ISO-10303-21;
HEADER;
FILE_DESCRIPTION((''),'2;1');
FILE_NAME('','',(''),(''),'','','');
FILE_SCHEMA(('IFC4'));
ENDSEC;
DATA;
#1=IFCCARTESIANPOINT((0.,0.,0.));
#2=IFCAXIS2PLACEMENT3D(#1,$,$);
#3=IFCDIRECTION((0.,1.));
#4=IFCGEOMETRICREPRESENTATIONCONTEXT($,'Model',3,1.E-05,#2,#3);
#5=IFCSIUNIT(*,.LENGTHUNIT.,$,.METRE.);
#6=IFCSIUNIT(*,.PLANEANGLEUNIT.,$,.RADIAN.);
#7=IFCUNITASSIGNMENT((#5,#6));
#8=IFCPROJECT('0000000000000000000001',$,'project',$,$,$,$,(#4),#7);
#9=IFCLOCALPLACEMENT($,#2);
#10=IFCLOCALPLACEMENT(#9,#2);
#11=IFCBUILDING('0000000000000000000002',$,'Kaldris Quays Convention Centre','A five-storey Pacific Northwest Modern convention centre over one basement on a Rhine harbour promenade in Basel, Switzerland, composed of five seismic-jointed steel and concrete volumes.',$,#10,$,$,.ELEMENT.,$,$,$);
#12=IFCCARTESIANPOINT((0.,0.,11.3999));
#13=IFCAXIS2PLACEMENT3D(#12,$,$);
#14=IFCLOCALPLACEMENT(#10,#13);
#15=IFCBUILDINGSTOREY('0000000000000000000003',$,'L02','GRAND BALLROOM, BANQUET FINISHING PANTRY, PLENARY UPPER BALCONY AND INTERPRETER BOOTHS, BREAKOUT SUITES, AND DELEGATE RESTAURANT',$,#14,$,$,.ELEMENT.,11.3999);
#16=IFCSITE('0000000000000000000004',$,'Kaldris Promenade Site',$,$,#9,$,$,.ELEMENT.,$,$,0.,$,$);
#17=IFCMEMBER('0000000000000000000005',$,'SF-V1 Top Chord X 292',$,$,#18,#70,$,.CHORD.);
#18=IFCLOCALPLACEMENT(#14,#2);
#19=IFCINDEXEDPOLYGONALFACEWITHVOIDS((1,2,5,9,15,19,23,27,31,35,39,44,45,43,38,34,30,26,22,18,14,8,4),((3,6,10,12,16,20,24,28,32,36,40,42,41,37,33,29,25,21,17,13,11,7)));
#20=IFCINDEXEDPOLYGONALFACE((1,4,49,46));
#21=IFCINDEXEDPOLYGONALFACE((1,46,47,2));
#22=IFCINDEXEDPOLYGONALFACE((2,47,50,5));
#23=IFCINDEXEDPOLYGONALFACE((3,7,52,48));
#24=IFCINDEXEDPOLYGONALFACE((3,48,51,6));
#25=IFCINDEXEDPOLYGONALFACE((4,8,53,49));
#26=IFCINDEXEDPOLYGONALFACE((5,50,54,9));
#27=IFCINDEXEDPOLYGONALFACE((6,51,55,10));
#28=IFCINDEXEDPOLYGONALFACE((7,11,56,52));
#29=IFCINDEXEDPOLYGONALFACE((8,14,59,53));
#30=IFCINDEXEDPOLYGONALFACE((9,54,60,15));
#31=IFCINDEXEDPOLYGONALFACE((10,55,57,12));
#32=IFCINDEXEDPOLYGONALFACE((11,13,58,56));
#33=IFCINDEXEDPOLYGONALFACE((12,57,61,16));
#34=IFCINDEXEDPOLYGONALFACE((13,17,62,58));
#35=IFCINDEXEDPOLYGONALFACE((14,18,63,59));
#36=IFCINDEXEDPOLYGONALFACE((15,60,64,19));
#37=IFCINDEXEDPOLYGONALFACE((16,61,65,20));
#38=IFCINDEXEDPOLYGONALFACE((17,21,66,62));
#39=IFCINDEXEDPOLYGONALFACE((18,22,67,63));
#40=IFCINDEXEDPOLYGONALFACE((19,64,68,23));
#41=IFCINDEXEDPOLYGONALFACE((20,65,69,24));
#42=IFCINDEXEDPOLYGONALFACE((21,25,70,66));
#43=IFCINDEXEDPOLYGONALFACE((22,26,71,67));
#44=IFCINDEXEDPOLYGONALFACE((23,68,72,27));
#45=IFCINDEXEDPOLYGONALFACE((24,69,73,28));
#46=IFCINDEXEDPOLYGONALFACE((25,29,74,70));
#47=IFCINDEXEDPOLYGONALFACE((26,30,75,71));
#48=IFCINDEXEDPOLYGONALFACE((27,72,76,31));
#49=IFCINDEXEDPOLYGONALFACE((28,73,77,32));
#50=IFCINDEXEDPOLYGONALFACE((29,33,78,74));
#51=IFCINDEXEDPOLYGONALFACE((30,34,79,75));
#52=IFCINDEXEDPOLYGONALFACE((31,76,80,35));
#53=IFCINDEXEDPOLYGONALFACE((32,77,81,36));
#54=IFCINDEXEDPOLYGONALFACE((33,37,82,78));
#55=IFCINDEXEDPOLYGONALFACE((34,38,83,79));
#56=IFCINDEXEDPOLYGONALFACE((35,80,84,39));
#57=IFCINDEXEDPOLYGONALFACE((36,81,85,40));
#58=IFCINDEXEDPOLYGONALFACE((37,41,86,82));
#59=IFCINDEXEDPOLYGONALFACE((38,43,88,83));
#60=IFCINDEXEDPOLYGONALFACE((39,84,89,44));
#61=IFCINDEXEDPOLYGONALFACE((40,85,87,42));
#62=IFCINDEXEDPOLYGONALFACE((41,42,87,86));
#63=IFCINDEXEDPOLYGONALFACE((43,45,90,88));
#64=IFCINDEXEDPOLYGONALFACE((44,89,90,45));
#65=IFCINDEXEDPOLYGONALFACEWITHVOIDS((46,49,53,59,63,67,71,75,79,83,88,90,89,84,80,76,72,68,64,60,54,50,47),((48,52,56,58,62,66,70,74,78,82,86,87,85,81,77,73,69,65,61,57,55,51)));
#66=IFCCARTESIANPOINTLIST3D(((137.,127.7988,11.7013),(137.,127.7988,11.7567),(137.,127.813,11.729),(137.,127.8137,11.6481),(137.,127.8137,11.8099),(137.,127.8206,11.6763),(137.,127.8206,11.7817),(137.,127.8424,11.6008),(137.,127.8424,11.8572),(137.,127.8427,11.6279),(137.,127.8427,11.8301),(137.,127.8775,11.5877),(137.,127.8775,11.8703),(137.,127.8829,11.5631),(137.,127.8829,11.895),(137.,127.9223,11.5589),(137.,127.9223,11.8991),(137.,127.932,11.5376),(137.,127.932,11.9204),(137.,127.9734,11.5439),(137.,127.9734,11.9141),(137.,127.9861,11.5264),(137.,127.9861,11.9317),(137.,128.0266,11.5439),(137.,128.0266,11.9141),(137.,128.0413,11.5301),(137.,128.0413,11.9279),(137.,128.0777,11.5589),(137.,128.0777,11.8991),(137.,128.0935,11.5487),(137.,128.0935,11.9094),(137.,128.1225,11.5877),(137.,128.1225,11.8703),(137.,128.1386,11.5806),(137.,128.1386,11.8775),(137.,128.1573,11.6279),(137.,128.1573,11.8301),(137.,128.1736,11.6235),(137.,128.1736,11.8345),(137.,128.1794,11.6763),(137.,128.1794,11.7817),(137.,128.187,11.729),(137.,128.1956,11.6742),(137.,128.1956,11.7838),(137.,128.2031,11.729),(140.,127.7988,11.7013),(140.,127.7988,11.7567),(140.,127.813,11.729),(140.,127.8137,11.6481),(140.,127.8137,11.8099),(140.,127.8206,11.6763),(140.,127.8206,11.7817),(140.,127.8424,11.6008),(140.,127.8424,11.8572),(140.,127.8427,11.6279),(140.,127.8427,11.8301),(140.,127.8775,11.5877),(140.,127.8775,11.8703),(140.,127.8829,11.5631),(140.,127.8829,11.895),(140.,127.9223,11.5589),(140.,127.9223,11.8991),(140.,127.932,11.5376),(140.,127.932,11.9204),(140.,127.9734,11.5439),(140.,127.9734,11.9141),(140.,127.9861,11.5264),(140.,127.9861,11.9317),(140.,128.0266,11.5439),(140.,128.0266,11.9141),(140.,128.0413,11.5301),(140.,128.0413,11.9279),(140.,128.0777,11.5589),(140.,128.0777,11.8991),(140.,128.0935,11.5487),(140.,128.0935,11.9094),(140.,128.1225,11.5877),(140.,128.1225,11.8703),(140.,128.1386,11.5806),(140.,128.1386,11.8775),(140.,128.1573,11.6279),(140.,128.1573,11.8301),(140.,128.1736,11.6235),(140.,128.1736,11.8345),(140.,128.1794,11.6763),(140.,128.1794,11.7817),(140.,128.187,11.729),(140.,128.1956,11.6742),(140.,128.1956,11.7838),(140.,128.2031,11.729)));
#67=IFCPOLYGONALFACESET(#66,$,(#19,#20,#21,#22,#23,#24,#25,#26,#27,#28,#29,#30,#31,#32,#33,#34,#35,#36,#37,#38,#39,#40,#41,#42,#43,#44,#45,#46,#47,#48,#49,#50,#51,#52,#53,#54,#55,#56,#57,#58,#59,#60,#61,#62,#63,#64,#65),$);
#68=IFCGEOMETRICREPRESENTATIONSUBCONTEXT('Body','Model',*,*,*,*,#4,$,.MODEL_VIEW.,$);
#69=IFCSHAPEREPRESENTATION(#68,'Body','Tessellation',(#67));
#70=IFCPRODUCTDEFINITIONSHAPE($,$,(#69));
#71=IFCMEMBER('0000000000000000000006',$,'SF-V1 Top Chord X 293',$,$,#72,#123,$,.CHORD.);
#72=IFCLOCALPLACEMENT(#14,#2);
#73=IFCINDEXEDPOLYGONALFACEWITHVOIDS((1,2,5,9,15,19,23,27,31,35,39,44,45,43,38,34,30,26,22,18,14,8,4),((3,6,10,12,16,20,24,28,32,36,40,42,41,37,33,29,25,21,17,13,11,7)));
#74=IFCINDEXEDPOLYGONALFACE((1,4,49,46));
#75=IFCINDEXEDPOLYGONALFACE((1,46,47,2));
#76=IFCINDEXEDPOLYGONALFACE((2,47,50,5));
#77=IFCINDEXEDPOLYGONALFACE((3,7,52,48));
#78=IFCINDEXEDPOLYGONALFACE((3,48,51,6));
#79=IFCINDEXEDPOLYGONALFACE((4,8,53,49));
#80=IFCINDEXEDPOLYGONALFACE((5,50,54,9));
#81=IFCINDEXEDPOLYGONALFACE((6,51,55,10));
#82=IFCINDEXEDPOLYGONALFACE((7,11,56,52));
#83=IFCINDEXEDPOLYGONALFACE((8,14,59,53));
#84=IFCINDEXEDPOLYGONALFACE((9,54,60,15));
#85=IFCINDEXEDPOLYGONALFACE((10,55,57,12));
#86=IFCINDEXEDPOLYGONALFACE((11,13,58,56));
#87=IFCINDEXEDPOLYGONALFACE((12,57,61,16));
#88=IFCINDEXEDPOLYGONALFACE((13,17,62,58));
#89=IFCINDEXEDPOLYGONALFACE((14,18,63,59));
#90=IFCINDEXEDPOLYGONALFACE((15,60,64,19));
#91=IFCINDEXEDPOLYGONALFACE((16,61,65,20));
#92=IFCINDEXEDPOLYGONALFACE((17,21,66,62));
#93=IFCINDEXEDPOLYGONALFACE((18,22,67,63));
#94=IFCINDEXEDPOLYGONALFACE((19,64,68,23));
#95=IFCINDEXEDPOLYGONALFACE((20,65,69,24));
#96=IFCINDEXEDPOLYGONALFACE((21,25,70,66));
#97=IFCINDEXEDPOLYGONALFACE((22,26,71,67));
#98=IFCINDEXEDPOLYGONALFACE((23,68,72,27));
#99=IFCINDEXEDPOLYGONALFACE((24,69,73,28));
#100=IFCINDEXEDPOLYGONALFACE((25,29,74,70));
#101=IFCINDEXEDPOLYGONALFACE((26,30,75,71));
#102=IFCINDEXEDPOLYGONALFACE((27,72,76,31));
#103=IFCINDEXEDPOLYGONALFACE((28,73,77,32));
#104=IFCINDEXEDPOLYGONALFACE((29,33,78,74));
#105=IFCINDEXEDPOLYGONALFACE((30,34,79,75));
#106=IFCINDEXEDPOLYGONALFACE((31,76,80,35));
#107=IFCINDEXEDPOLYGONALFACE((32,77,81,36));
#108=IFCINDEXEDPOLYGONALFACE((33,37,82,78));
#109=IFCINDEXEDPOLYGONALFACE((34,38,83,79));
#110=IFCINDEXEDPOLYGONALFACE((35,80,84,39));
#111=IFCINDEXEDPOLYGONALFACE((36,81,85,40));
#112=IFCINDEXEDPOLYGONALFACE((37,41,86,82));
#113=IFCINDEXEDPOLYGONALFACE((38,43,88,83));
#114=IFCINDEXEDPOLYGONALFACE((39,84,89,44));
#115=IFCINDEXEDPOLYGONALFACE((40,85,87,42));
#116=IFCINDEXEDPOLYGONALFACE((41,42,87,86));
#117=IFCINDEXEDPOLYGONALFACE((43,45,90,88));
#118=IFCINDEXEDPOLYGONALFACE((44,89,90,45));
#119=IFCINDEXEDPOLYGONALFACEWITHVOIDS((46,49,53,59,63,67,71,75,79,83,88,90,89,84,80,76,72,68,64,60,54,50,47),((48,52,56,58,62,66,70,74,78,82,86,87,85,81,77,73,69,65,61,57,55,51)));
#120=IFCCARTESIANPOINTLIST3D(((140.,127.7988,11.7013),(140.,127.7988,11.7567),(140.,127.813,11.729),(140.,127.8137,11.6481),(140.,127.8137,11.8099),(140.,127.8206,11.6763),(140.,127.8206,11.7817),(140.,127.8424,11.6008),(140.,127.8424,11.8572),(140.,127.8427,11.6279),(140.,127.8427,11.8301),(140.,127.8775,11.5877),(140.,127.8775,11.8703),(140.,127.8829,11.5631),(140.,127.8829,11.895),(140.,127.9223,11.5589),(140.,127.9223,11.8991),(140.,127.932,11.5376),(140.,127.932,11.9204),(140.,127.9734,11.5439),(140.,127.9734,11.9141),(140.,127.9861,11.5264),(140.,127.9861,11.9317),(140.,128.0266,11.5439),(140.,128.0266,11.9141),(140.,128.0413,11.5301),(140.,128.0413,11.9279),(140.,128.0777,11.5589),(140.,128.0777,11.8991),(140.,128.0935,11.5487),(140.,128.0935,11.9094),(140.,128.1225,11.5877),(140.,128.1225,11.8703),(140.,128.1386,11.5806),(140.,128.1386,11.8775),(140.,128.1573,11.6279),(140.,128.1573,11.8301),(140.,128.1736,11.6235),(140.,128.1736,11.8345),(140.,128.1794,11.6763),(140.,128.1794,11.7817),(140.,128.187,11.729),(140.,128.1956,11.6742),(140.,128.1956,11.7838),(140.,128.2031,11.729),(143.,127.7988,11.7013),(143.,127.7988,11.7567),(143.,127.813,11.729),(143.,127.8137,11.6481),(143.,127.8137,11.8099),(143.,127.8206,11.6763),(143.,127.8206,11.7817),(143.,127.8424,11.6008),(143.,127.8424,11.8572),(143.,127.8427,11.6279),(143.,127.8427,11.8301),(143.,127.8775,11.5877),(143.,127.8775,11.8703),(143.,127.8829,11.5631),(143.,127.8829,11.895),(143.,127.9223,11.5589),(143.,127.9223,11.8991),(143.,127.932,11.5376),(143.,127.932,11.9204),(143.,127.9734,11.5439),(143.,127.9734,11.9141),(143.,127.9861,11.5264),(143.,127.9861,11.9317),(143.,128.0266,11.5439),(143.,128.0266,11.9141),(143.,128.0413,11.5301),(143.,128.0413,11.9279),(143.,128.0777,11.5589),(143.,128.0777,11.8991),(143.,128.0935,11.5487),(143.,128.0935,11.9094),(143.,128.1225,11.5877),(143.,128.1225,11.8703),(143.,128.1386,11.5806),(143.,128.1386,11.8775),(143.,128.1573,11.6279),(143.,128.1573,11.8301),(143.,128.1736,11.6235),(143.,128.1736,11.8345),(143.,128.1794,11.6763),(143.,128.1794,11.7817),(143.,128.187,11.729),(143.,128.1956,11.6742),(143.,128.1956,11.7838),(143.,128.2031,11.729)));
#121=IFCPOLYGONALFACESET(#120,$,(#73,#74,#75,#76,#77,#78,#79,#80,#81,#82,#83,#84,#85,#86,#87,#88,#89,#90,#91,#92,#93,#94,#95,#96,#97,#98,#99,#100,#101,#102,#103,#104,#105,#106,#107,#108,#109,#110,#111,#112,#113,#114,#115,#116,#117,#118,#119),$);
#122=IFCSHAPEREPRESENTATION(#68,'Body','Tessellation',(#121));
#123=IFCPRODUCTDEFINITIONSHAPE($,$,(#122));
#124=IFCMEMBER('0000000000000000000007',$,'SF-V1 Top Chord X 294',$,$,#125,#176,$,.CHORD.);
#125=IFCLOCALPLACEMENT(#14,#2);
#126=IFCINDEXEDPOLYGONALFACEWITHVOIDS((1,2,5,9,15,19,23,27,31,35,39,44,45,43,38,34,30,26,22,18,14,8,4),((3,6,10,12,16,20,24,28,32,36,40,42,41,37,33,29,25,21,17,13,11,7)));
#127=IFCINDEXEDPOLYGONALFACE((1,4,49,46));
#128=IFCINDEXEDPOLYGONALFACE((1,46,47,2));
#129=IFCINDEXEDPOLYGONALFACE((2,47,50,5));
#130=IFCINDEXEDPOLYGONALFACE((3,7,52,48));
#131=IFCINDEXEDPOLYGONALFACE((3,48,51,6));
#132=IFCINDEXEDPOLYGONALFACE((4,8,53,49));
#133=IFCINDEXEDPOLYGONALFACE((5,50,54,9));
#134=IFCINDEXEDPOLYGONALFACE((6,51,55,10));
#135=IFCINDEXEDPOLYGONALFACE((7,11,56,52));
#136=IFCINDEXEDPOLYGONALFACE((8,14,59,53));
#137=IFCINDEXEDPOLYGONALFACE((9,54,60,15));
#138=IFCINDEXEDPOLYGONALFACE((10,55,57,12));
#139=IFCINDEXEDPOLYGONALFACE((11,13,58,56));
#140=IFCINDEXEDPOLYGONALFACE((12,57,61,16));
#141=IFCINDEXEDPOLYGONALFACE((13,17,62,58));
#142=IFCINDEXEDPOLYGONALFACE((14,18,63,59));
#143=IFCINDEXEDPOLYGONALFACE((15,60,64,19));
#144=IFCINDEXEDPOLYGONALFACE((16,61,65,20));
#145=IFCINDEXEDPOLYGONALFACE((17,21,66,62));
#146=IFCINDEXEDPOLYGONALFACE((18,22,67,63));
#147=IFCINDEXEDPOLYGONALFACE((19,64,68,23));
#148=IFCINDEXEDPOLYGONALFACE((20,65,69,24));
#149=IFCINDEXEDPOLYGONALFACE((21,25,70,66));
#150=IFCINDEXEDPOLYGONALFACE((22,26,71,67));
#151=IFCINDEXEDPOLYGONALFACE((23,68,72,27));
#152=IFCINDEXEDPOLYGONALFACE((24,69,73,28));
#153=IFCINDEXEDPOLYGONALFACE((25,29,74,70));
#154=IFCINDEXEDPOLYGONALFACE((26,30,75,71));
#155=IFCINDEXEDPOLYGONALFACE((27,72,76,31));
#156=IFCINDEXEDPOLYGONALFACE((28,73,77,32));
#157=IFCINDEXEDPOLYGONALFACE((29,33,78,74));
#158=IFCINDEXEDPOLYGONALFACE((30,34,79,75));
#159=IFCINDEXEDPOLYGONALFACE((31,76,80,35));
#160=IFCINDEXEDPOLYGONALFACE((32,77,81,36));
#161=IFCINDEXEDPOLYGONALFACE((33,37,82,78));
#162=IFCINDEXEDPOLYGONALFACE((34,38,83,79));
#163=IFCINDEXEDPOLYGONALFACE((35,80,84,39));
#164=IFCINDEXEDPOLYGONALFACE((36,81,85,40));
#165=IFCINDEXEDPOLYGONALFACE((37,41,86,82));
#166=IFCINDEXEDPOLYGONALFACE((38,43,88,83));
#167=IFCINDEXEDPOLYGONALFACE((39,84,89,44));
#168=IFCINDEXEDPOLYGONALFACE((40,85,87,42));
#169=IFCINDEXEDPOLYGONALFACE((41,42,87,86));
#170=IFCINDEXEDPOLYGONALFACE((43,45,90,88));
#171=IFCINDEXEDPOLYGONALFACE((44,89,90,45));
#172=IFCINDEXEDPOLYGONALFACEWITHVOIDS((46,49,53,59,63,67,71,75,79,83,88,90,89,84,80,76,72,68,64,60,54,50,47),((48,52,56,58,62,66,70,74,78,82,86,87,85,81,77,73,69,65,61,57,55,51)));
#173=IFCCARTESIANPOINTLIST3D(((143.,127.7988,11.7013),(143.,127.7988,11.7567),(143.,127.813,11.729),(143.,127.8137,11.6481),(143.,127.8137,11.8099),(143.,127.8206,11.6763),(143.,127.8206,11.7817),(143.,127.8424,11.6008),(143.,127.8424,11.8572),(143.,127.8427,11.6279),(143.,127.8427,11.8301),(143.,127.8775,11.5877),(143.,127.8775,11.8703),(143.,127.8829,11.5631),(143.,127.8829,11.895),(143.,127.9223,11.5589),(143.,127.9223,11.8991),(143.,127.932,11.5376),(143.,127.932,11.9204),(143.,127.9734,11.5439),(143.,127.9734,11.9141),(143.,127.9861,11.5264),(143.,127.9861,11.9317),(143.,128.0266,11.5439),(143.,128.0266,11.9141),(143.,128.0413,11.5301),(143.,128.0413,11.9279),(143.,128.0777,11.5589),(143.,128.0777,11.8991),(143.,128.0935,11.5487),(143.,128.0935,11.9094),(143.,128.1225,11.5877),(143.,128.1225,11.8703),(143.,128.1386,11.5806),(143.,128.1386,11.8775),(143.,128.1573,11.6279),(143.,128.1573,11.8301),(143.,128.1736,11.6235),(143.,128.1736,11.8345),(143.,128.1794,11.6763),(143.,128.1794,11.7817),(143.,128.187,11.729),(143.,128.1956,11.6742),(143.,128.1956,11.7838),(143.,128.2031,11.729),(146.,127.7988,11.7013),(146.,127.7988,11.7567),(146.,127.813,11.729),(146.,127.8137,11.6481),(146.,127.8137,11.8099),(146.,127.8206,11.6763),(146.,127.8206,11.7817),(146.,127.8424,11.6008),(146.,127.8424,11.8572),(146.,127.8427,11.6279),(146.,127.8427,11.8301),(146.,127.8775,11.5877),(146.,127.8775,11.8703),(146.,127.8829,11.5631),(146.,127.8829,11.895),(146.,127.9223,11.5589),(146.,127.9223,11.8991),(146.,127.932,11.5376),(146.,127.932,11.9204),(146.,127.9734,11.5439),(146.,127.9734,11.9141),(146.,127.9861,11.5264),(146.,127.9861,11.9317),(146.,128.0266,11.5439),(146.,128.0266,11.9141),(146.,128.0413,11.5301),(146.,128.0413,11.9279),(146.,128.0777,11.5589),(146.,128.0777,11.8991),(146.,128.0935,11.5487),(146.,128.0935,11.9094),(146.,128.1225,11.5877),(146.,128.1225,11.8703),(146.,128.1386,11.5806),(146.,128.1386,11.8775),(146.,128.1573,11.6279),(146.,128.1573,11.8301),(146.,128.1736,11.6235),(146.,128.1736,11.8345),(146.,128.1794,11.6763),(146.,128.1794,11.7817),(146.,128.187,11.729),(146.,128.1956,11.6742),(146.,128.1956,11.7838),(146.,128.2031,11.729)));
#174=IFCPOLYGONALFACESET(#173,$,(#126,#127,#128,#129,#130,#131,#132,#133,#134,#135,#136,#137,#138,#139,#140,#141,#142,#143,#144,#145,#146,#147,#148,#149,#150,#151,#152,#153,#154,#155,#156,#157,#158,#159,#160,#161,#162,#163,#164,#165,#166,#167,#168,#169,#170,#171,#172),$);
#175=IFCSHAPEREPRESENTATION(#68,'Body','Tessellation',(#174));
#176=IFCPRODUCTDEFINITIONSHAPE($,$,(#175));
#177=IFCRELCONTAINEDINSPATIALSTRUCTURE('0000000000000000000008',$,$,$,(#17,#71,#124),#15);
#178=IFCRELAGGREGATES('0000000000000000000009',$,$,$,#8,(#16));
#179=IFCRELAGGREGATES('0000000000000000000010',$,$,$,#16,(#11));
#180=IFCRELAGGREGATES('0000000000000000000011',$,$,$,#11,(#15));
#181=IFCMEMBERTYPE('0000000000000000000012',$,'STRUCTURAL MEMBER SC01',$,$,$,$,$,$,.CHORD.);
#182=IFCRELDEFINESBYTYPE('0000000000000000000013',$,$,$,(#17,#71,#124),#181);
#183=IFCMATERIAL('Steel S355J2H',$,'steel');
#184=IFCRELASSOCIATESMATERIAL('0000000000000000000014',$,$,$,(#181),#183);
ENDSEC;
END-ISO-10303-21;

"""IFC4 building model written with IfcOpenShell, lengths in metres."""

from ifc_helpers import new_model, si_unit, direction, frame, origin, origin_2d, place, context, subcontext, project, spatial, hollow_circle, extrude, material, material_profile, profile_set, type_object, element, save


model = new_model("IFC4")

# Units and contexts
model_context = context("Model", 3, precision=1e-05, world=origin(), true_north=direction((0.0, 1.0)))
body_context = subcontext(model_context, "Body", "Model", "MODEL_VIEW")
ifc_project = project(units=[si_unit("LENGTHUNIT", "METRE"), si_unit("PLANEANGLEUNIT", "RADIAN")], contexts=[model_context])

# Site, building, storey
site_placement = place(None, origin())
site = spatial("IfcSite", under=ifc_project, at=site_placement, Name="Kaldris Promenade Site", CompositionType="ELEMENT", RefElevation=0.0)
building_placement = place(site_placement, origin())
building = spatial("IfcBuilding", under=site, at=building_placement, Name="Kaldris Quays Convention Centre", Description="A five-storey Pacific Northwest Modern convention centre over one basement on a Rhine harbour promenade in Basel, Switzerland, composed of five seismic-jointed steel and concrete volumes.", CompositionType="ELEMENT")
storey_placement = place(building_placement, frame((0.0, 0.0, 11.3999)))
storey = spatial("IfcBuildingStorey", under=building, at=storey_placement, Name="L02", Description="GRAND BALLROOM, BANQUET FINISHING PANTRY, PLENARY UPPER BALCONY AND INTERPRETER BOOTHS, BREAKOUT SUITES, AND DELEGATE RESTAURANT", CompositionType="ELEMENT", Elevation=11.3999)

# Members
ifc_material_1 = material(Name="Steel S355J2H", Category="steel")
ifc_material_profile_1 = material_profile(ifc_material_1, hollow_circle(Radius=0.2031, WallThickness=0.0161, at=origin_2d()), Name="CHS 406.4x16")
ifc_profile_set_1 = profile_set([ifc_material_profile_1], Name="Steel S355J2H")
member_type_1 = type_object("IfcMemberType", Name="STRUCTURAL MEMBER SC01", PredefinedType="CHORD", material=ifc_profile_set_1)
for number, where, z_axis, x_axis, name in (
    (1, (137.0, 128.0, 11.729), (1.0, 0.0, 0.0), (0.0, 1.0, 0.0), "SF-V1 Top Chord X 292"),
    (2, (140.0, 128.0, 11.729), (1.0, 0.0, 0.0), (0.0, 1.0, 0.0), "SF-V1 Top Chord X 293"),
    (3, (143.0, 128.0, 11.729), (1.0, 0.0, 0.0), (0.0, 1.0, 0.0), "SF-V1 Top Chord X 294"),
):
    element("IfcMember", number, at=place(storey_placement, frame(where, z_axis=z_axis, x_axis=x_axis)), inside=storey, type_object=member_type_1, Name=name, PredefinedType="CHORD", context=body_context, shape_type="SweptSolid", body=[
        extrude(hollow_circle(Radius=0.2031, WallThickness=0.0161, at=origin_2d()), origin(), (0.0, 0.0, 1.0), 3.0),
    ])

save(model, "model.ifc")
